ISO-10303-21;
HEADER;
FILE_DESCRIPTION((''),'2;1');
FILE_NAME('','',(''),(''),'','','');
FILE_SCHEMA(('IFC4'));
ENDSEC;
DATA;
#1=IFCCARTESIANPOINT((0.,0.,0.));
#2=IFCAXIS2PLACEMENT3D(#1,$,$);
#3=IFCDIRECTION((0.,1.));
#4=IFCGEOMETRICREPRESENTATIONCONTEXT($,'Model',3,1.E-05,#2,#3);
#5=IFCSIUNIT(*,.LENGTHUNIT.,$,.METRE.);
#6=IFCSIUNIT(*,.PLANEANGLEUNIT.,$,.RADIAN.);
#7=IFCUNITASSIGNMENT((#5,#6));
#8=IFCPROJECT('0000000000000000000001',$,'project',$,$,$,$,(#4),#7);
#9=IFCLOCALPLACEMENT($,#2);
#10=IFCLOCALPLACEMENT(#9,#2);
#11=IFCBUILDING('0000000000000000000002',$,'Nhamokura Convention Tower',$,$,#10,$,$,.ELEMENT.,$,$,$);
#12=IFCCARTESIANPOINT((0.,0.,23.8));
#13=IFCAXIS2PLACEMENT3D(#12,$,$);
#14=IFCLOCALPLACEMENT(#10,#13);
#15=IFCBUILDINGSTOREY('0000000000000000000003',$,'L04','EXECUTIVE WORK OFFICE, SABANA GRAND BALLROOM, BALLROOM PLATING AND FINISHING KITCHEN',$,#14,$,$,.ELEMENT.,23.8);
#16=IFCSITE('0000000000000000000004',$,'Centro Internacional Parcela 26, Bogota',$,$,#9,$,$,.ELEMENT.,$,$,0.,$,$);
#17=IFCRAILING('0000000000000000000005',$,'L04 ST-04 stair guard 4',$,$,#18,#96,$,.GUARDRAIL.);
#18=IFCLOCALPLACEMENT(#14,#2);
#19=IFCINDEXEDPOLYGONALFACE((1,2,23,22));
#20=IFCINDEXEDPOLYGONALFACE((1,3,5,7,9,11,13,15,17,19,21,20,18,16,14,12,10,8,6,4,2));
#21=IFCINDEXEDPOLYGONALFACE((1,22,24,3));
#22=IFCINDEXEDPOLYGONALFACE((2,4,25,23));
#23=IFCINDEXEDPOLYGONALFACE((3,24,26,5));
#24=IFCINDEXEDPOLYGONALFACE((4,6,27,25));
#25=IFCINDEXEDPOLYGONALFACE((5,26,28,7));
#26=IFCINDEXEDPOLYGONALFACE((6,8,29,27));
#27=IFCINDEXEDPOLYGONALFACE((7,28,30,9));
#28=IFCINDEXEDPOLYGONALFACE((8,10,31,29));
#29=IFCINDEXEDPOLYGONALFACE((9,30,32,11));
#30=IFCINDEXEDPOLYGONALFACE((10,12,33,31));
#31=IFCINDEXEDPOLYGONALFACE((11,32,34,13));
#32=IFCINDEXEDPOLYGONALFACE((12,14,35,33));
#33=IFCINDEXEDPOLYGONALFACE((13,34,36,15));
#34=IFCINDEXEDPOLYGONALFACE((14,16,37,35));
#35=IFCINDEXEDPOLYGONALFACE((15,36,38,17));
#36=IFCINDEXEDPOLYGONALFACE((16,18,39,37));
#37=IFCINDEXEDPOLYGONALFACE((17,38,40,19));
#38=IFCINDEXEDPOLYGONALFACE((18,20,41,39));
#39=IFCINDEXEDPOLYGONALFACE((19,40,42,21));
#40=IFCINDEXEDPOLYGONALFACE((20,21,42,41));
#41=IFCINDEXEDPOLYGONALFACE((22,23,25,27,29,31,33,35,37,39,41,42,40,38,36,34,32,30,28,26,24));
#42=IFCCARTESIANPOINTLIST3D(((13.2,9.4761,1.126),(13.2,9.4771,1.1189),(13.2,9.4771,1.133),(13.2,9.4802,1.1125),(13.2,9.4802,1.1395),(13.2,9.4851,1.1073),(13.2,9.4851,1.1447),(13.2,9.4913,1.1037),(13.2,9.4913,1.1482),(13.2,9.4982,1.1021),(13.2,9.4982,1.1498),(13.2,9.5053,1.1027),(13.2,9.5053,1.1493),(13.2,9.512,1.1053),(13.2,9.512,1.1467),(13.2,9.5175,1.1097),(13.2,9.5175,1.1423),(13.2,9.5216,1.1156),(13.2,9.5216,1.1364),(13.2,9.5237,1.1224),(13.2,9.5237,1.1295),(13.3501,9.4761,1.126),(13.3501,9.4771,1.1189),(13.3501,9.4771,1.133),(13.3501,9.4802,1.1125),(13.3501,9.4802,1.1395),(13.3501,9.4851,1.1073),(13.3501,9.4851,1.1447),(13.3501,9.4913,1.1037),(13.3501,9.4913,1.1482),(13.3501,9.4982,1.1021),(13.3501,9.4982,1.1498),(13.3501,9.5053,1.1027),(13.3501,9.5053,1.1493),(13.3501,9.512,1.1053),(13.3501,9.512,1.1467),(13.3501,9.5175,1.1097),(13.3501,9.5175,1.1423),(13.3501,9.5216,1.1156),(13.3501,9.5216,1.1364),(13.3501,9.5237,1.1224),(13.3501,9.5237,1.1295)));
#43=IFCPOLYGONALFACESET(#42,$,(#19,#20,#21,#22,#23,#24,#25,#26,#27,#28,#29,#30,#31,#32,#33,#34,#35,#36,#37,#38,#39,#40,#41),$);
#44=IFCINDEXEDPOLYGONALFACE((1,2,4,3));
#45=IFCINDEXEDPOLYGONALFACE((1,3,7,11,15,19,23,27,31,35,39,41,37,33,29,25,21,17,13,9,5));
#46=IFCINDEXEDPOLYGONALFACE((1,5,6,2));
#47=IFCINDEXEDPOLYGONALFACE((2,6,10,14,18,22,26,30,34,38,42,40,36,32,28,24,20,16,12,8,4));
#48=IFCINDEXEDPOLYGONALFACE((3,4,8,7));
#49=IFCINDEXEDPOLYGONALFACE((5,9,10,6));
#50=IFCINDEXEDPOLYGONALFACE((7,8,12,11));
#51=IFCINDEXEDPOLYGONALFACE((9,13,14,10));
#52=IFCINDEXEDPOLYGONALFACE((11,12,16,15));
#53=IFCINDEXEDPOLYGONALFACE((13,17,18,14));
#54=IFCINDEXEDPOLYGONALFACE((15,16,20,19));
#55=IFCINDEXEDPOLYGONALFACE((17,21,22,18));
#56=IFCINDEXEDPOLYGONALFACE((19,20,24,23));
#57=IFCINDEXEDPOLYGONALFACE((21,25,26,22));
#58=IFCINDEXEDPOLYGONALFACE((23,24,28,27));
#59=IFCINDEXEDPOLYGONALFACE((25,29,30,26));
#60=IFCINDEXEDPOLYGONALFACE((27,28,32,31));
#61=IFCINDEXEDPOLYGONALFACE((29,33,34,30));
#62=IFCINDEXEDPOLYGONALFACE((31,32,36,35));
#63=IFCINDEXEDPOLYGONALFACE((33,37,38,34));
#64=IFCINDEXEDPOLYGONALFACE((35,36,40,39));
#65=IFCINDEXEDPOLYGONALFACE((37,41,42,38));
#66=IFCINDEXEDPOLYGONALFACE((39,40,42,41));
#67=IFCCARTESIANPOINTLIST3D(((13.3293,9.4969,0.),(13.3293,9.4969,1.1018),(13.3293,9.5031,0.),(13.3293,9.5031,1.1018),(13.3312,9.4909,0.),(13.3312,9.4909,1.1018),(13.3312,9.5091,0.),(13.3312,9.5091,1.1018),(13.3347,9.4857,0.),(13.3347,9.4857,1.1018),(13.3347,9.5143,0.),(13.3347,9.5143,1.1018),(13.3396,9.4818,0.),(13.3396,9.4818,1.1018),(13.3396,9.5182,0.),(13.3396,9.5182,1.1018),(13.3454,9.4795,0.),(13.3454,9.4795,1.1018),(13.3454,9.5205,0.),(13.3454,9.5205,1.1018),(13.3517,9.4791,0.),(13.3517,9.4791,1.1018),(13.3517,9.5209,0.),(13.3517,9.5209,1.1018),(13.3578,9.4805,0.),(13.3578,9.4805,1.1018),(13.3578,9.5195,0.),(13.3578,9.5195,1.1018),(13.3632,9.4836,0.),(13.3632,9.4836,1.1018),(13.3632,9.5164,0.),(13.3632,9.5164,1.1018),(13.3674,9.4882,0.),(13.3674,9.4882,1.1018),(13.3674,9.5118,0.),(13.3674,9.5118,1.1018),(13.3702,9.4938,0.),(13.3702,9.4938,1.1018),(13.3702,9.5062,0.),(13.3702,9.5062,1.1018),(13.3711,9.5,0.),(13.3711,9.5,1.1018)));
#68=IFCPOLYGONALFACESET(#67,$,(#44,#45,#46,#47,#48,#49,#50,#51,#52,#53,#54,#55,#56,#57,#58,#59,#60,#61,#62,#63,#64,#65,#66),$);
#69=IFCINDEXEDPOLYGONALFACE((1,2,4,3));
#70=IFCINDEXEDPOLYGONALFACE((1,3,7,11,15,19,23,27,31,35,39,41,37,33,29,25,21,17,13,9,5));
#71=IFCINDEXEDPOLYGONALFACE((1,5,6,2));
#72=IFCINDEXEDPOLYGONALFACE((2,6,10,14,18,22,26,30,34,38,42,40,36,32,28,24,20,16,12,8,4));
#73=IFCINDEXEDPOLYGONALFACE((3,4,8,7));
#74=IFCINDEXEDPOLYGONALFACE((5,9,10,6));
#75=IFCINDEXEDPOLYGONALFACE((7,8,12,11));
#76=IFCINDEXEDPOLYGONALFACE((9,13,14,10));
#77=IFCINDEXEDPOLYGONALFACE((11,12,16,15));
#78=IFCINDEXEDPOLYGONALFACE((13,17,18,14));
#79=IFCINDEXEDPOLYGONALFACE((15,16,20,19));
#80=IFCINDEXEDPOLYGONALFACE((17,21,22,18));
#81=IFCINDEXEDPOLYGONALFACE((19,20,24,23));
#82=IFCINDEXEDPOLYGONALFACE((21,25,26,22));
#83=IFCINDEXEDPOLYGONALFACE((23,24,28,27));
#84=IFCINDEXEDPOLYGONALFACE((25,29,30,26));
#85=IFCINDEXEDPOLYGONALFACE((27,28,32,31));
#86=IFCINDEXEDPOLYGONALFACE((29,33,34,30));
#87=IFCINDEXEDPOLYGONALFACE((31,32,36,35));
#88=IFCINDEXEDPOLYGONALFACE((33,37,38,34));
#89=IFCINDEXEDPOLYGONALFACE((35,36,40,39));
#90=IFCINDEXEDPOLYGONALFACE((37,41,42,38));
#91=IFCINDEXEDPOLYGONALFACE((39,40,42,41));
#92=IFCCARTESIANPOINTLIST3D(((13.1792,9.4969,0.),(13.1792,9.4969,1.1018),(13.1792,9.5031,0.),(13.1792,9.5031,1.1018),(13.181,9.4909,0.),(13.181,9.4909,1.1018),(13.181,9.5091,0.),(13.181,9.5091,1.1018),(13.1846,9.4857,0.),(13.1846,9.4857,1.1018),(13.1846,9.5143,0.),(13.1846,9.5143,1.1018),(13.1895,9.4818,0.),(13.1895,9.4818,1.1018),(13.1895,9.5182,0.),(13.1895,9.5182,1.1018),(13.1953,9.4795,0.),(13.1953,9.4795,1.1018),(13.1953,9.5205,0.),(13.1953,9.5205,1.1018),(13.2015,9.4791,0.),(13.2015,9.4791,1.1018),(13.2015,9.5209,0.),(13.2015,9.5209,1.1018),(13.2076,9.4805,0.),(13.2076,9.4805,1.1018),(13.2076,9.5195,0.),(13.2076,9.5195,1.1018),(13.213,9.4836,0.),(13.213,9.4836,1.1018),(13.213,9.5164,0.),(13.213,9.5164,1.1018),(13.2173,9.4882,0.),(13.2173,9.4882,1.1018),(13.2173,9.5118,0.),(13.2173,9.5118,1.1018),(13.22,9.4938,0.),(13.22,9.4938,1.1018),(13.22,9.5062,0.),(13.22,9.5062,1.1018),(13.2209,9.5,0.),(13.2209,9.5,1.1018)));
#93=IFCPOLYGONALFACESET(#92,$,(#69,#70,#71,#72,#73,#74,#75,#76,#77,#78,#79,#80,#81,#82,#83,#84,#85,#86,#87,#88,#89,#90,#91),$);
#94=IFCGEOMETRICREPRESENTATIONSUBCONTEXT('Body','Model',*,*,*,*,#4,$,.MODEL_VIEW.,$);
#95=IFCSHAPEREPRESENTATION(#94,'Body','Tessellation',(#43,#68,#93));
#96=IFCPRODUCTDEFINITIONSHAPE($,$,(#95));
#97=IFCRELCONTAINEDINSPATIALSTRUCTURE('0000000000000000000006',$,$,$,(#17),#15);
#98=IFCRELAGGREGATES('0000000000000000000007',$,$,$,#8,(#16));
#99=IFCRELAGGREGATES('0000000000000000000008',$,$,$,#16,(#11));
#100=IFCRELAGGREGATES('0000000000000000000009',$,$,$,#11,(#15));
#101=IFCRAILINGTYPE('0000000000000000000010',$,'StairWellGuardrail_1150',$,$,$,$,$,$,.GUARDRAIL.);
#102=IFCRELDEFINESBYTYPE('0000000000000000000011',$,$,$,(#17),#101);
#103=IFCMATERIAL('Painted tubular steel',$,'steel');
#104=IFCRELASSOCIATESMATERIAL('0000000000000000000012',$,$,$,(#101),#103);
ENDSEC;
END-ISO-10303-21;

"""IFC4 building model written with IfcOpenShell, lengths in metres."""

from ifc_helpers import new_model, si_unit, direction, frame, origin, origin_2d, place, context, subcontext, project, spatial, circle, extrude, material, type_object, element, save


model = new_model("IFC4")

# Units and contexts
model_context = context("Model", 3, precision=1e-05, world=origin(), true_north=direction((0.0, 1.0)))
body_context = subcontext(model_context, "Body", "Model", "MODEL_VIEW")
ifc_project = project(units=[si_unit("LENGTHUNIT", "METRE"), si_unit("PLANEANGLEUNIT", "RADIAN")], contexts=[model_context])

# Site, building, storey
site_placement = place(None, origin())
site = spatial("IfcSite", under=ifc_project, at=site_placement, Name="Centro Internacional Parcela 26, Bogota", CompositionType="ELEMENT", RefElevation=0.0)
building_placement = place(site_placement, origin())
building = spatial("IfcBuilding", under=site, at=building_placement, Name="Nhamokura Convention Tower", CompositionType="ELEMENT")
storey_placement = place(building_placement, frame((0.0, 0.0, 23.8)))
storey = spatial("IfcBuildingStorey", under=building, at=storey_placement, Name="L04", Description="EXECUTIVE WORK OFFICE, SABANA GRAND BALLROOM, BALLROOM PLATING AND FINISHING KITCHEN", CompositionType="ELEMENT", Elevation=23.8)

# Railing
ifc_material_1 = material(Name="Painted tubular steel", Category="steel")
railing_type_1 = type_object("IfcRailingType", Name="StairWellGuardrail_1150", PredefinedType="GUARDRAIL", material=ifc_material_1)
railing_1_placement = place(storey_placement, frame((13.3501, 9.5, 0.0)))
element("IfcRailing", 1, at=railing_1_placement, inside=storey, type_object=railing_type_1, Name="L04 ST-04 stair guard 4", PredefinedType="GUARDRAIL", context=body_context, shape_type="SweptSolid", body=[
    extrude(circle(Radius=0.0239, at=origin_2d()), frame((0.0, 0.0, 1.126), z_axis=(-1.0, 0.0, 0.0), x_axis=(0.0, -1.0, 0.0)), (0.0, 0.0, 1.0), 0.1501),
    extrude(circle(Radius=0.021, at=origin_2d()), origin(), (0.0, 0.0, 1.0), 1.1018),
    extrude(circle(Radius=0.021, at=origin_2d()), frame((-0.1501, 0.0, 0.0)), (0.0, 0.0, 1.0), 1.1018),
])

save(model, "model.ifc")
